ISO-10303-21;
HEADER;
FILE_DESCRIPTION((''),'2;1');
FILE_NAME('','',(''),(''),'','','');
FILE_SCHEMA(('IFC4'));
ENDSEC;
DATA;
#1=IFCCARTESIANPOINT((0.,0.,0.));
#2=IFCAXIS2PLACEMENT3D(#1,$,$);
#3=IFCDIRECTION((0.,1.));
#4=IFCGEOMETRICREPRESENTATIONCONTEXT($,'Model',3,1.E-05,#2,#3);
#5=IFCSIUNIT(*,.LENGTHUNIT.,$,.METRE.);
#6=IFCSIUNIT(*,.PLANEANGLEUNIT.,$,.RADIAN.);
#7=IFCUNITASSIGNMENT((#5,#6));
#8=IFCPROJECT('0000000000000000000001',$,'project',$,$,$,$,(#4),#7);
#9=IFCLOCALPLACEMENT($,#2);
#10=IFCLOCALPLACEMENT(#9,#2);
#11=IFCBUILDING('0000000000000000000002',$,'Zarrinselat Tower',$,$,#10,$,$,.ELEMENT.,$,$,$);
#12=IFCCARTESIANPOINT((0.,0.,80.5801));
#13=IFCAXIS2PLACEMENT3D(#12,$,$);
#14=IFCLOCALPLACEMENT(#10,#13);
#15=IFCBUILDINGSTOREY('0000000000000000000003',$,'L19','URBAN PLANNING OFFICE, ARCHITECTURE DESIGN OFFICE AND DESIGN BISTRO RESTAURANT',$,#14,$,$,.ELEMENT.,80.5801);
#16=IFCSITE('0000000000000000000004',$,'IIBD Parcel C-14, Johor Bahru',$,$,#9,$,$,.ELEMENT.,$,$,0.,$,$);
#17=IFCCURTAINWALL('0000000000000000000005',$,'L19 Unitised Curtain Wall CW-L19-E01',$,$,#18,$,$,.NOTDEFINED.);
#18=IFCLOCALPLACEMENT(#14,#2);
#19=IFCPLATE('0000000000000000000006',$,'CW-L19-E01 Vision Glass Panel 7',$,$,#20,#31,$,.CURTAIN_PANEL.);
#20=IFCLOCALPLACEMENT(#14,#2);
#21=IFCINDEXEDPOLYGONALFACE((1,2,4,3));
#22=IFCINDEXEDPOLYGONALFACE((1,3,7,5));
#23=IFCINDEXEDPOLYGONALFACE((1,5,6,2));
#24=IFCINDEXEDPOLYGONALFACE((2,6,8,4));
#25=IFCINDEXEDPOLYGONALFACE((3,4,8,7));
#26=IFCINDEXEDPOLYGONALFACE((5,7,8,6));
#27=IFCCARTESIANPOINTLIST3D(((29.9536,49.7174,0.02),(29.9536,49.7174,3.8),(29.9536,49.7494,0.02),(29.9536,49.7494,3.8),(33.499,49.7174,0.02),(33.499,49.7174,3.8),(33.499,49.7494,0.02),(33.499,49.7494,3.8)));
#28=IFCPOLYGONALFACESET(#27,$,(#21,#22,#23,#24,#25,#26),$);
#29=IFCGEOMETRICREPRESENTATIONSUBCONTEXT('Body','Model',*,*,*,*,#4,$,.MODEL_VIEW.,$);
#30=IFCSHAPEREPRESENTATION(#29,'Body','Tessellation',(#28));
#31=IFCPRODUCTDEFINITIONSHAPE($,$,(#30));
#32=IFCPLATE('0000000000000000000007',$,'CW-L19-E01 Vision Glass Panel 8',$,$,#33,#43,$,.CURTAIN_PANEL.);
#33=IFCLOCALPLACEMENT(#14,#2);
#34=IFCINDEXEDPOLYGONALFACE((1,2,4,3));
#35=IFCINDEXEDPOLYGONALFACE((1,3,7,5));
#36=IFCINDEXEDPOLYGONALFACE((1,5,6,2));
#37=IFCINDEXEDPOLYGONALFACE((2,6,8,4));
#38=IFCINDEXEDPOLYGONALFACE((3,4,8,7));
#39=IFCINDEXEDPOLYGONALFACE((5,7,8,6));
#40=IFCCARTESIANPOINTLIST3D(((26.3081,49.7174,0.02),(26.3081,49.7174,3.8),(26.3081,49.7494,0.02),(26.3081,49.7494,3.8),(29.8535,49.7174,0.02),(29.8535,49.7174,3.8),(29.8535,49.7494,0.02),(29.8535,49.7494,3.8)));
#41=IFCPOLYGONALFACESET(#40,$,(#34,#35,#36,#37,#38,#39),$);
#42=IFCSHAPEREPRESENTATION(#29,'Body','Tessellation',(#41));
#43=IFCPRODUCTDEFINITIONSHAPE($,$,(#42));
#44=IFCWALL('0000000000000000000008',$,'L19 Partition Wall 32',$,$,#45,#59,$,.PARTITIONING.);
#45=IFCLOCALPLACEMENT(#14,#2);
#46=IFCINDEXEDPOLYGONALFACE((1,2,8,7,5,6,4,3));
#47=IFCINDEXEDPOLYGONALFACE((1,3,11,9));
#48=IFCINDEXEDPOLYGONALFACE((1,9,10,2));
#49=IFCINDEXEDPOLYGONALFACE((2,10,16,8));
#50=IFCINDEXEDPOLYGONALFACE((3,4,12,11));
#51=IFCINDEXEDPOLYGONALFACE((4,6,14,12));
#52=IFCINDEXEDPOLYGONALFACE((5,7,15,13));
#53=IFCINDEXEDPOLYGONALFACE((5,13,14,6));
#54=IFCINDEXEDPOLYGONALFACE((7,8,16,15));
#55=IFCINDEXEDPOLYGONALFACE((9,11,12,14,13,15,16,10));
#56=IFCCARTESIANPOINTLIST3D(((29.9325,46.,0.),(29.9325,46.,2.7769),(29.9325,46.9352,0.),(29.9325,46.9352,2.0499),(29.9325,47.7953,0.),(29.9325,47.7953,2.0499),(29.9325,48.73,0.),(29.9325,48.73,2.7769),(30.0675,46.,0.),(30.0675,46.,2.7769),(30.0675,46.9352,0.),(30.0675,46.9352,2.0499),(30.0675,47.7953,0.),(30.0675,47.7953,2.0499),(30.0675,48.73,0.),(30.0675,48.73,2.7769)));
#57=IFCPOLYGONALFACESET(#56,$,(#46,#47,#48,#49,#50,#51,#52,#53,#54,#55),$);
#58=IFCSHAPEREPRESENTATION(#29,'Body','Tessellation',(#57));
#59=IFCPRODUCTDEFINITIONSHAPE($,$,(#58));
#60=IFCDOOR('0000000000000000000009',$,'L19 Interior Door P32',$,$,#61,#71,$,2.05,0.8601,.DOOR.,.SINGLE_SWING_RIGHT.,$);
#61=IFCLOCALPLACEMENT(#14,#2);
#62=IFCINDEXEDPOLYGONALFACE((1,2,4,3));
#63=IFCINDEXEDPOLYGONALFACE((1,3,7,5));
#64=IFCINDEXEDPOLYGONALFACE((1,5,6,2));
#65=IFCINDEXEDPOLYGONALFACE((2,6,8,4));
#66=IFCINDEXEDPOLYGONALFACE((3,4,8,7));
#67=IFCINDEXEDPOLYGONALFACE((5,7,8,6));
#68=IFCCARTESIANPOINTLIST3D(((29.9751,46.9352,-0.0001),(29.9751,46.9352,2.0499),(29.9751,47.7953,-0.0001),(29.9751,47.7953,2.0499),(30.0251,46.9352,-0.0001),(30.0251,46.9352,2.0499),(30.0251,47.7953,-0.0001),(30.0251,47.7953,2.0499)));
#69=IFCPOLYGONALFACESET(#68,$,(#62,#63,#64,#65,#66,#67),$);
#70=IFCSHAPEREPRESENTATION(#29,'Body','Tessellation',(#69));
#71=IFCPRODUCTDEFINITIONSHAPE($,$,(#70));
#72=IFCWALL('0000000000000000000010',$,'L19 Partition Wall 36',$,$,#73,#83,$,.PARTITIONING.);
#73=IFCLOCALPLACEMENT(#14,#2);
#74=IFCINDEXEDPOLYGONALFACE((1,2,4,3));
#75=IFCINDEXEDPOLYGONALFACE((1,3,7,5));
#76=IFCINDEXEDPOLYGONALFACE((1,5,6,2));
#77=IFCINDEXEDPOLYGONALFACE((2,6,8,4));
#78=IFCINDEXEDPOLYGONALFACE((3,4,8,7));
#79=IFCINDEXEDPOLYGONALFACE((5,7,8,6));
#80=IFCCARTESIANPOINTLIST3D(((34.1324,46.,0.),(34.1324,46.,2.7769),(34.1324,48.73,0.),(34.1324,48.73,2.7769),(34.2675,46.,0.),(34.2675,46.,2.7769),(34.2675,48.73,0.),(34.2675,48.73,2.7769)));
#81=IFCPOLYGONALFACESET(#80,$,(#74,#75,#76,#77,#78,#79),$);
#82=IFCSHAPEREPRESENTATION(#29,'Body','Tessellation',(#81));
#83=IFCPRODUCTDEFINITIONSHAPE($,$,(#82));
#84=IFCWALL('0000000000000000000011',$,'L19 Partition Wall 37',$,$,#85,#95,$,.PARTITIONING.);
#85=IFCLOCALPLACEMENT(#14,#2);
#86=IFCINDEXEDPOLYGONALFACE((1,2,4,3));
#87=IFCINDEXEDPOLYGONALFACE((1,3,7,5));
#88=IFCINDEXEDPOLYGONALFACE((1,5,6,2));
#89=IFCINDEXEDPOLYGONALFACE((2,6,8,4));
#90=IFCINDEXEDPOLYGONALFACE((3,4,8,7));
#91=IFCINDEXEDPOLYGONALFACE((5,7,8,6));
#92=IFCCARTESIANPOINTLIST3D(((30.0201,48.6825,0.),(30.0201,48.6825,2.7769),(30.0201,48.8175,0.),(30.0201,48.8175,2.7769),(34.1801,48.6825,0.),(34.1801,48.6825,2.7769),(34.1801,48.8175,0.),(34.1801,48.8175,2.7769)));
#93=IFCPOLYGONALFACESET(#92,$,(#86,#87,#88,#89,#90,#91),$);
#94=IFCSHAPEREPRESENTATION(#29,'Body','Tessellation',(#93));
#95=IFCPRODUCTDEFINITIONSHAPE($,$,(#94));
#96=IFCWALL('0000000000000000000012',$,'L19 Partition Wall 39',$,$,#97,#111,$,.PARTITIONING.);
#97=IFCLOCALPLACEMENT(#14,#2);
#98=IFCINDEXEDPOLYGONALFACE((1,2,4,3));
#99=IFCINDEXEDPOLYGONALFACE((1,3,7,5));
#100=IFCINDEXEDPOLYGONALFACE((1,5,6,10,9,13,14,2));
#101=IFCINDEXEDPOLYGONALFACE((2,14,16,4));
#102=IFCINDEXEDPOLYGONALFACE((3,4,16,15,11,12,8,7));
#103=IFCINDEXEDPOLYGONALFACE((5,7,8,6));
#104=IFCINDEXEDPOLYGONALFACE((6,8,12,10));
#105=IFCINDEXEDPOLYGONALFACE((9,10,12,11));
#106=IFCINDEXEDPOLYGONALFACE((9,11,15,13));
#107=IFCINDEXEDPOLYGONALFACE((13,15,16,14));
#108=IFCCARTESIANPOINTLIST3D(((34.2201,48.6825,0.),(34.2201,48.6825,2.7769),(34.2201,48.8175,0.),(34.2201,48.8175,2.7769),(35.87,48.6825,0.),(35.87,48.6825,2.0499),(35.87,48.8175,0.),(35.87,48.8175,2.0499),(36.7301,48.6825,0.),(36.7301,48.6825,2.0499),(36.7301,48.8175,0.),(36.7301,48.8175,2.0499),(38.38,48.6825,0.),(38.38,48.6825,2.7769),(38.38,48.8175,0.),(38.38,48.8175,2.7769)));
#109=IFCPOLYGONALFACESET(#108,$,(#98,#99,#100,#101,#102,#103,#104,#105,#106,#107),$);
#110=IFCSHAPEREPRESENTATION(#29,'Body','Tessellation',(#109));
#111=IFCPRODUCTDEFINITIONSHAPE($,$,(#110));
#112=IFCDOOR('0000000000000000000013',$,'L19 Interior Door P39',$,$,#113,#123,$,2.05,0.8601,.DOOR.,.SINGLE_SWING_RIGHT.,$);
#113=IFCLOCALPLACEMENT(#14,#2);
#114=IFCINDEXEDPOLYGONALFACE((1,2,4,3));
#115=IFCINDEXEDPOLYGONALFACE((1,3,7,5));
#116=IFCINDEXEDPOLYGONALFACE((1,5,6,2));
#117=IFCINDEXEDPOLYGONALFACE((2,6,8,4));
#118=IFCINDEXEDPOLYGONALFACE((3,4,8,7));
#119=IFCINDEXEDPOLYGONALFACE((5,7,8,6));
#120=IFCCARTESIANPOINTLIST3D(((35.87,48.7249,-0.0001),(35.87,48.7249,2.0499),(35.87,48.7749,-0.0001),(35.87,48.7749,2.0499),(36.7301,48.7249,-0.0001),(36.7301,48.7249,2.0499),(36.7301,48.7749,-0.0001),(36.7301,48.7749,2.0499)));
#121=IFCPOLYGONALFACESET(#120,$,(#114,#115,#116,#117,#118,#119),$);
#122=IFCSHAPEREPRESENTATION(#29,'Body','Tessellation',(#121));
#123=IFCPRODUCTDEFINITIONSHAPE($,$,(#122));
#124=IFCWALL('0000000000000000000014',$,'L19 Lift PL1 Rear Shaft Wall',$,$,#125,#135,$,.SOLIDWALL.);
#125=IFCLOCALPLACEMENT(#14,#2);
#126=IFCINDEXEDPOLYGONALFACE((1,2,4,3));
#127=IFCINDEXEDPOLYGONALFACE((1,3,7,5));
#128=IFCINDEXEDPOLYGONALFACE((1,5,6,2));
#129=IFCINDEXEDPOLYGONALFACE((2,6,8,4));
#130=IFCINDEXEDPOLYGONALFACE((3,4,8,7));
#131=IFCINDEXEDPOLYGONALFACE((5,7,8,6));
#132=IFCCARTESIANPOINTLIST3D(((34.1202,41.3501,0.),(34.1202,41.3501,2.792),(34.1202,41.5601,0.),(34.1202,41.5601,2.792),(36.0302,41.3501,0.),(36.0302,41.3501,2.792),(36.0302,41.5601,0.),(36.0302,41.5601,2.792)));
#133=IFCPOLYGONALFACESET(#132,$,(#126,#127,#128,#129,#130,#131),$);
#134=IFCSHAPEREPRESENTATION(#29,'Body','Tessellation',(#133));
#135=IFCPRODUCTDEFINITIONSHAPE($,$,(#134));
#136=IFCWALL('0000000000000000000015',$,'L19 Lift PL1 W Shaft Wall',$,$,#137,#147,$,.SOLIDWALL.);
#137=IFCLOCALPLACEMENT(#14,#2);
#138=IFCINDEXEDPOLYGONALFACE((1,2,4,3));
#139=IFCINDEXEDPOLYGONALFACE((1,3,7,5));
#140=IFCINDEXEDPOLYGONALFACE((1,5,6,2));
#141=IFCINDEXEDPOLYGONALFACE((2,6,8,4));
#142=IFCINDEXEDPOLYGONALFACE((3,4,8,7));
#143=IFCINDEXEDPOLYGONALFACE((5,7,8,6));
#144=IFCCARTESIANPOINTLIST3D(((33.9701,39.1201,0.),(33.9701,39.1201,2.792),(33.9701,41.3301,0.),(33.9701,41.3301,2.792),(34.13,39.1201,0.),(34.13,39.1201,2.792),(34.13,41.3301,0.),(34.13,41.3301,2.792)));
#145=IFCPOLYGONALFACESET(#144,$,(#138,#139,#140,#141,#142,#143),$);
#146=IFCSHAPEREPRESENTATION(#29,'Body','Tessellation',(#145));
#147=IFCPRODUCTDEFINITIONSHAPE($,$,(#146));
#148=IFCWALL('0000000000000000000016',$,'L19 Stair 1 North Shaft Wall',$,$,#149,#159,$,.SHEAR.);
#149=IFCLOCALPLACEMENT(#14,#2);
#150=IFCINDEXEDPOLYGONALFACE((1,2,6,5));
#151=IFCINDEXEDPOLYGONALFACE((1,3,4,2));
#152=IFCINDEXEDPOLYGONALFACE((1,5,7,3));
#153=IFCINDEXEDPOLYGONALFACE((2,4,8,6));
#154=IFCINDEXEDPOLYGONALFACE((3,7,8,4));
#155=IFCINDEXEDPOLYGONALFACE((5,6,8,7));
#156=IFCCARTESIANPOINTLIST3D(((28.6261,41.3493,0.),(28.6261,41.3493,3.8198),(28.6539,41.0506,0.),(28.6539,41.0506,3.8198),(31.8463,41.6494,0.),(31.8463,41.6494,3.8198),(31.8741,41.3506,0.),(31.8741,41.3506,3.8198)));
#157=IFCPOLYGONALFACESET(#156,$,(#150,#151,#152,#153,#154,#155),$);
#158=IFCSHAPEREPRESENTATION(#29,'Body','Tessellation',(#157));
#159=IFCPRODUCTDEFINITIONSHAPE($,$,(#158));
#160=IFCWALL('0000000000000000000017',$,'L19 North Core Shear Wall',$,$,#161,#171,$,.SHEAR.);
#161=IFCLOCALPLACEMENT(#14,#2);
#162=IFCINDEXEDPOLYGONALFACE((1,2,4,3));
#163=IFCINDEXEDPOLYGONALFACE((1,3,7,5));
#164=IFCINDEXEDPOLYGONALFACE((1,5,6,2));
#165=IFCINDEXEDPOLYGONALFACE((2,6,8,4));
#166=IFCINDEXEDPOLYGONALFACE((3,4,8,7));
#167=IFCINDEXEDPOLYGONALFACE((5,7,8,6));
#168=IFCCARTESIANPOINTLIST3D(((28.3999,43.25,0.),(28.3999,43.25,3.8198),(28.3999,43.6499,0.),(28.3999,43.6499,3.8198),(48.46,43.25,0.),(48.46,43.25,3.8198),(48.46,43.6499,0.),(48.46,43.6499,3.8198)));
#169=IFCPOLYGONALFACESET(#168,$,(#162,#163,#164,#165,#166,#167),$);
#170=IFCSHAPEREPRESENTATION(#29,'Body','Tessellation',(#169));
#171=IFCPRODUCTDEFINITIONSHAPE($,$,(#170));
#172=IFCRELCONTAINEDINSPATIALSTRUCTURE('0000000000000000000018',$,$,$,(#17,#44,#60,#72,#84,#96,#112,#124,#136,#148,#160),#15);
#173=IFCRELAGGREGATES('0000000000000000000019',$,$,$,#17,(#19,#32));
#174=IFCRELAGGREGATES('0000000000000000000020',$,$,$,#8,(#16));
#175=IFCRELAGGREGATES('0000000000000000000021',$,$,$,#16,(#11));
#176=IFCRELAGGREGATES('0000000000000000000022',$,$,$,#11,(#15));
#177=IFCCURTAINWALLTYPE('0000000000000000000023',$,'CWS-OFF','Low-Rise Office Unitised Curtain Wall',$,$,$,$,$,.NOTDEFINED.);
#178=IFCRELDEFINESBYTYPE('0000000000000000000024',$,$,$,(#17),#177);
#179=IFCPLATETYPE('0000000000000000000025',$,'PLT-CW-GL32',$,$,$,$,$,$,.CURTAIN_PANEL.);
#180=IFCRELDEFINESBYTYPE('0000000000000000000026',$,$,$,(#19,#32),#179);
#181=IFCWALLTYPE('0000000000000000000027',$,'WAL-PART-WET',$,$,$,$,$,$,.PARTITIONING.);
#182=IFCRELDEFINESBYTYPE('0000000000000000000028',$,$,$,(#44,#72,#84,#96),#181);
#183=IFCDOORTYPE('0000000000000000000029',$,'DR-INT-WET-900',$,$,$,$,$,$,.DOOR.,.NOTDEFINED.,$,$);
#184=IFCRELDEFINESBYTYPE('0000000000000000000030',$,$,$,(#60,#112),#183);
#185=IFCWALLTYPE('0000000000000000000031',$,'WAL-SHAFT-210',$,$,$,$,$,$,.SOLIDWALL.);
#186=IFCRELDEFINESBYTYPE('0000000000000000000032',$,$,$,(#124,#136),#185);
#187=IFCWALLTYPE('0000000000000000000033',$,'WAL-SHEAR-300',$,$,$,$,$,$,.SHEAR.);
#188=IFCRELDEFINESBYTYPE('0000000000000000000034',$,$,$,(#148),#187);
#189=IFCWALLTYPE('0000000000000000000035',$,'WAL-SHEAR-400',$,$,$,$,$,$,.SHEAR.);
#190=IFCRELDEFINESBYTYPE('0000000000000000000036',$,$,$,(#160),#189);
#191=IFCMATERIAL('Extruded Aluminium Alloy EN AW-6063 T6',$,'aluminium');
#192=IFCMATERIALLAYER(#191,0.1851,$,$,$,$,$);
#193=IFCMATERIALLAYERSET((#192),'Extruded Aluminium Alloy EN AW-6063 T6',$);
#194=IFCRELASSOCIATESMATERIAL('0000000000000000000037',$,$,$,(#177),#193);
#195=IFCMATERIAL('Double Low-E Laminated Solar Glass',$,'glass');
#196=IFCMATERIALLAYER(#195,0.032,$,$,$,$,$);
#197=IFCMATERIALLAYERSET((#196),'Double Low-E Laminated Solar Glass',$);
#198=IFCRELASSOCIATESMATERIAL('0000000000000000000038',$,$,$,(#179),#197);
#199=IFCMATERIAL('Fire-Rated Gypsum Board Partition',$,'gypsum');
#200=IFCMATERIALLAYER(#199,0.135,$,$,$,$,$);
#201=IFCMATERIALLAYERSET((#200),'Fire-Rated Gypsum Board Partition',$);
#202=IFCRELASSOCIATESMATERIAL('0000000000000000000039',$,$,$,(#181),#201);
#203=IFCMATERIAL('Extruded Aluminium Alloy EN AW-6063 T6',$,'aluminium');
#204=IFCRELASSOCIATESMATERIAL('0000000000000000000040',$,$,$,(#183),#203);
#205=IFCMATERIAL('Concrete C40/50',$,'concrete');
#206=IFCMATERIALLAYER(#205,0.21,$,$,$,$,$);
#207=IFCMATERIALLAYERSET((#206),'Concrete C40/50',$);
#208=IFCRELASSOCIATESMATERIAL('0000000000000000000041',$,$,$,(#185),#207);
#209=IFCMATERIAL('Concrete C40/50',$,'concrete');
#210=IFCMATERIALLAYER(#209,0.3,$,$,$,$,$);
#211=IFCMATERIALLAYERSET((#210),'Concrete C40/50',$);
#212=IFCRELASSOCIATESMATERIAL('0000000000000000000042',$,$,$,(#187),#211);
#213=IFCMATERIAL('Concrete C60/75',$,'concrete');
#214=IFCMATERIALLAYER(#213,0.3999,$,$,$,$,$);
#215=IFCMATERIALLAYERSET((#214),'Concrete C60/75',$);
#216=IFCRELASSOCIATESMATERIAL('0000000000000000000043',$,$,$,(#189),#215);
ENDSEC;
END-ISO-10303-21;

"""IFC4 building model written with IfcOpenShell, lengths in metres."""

from ifc_helpers import new_model, si_unit, direction, frame, frame_2d, origin, origin_2d, place, context, subcontext, project, spatial, rectangle, extrude, material, layer, layer_set, type_object, element, fill, aggregate, save


model = new_model("IFC4")

# Units and contexts
model_context = context("Model", 3, precision=1e-05, world=origin(), true_north=direction((0.0, 1.0)))
body_context = subcontext(model_context, "Body", "Model", "MODEL_VIEW")
ifc_project = project(units=[si_unit("LENGTHUNIT", "METRE"), si_unit("PLANEANGLEUNIT", "RADIAN")], contexts=[model_context])

# Site, building, storey
site_placement = place(None, origin())
site = spatial("IfcSite", under=ifc_project, at=site_placement, Name="IIBD Parcel C-14, Johor Bahru", CompositionType="ELEMENT", RefElevation=0.0)
building_placement = place(site_placement, origin())
building = spatial("IfcBuilding", under=site, at=building_placement, Name="Zarrinselat Tower", CompositionType="ELEMENT")
storey_placement = place(building_placement, frame((0.0, 0.0, 80.5801)))
storey = spatial("IfcBuildingStorey", under=building, at=storey_placement, Name="L19", Description="URBAN PLANNING OFFICE, ARCHITECTURE DESIGN OFFICE AND DESIGN BISTRO RESTAURANT", CompositionType="ELEMENT", Elevation=80.5801)

# Curtain wall, plates
ifc_material_1 = material(Name="Extruded Aluminium Alloy EN AW-6063 T6", Category="aluminium")
ifc_layer_1 = layer(ifc_material_1, 0.1851)
ifc_layer_set_1 = layer_set([ifc_layer_1], Name="Extruded Aluminium Alloy EN AW-6063 T6")
curtain_wall_type = type_object("IfcCurtainWallType", Name="CWS-OFF", Description="Low-Rise Office Unitised Curtain Wall", PredefinedType="NOTDEFINED", material=ifc_layer_set_1)
curtain_wall_placement = place(storey_placement, origin())
curtain_wall = element("IfcCurtainWall", 1, at=curtain_wall_placement, inside=storey, type_object=curtain_wall_type, Name="L19 Unitised Curtain Wall CW-L19-E01", PredefinedType="NOTDEFINED")
ifc_material_2 = material(Name="Double Low-E Laminated Solar Glass", Category="glass")
ifc_layer_2 = layer(ifc_material_2, 0.032)
ifc_layer_set_2 = layer_set([ifc_layer_2], Name="Double Low-E Laminated Solar Glass")
plate_type = type_object("IfcPlateType", Name="PLT-CW-GL32", PredefinedType="CURTAIN_PANEL", material=ifc_layer_set_2)
plate_1_placement = place(storey_placement, frame((31.7263, 49.7334, 0.02), z_axis=(0.0, 0.0, 1.0), x_axis=(-1.0, 0.0, 0.0)))
plate_1 = element("IfcPlate", 2, at=plate_1_placement, type_object=plate_type, Name="CW-L19-E01 Vision Glass Panel 7", PredefinedType="CURTAIN_PANEL", context=body_context, shape_type="SweptSolid", body=[
    extrude(rectangle(XDim=3.5454, YDim=0.032, at=origin_2d()), origin(), (0.0, 0.0, 1.0), 3.78),
])
plate_2_placement = place(storey_placement, frame((28.0808, 49.7334, 0.02), z_axis=(0.0, 0.0, 1.0), x_axis=(-1.0, 0.0, 0.0)))
plate_2 = element("IfcPlate", 3, at=plate_2_placement, type_object=plate_type, Name="CW-L19-E01 Vision Glass Panel 8", PredefinedType="CURTAIN_PANEL", context=body_context, shape_type="SweptSolid", body=[
    extrude(rectangle(XDim=3.5454, YDim=0.032, at=origin_2d()), origin(), (0.0, 0.0, 1.0), 3.78),
])
aggregate(curtain_wall, [plate_1, plate_2])

# Wall, opening, door
ifc_material_3 = material(Name="Fire-Rated Gypsum Board Partition", Category="gypsum")
ifc_layer_3 = layer(ifc_material_3, 0.135)
ifc_layer_set_3 = layer_set([ifc_layer_3], Name="Fire-Rated Gypsum Board Partition")
wall_type_1 = type_object("IfcWallType", Name="WAL-PART-WET", PredefinedType="PARTITIONING", material=ifc_layer_set_3)
wall_1_placement = place(storey_placement, frame((30.0, 46.0, 0.0), z_axis=(0.0, 0.0, 1.0), x_axis=(0.0, 1.0, 0.0)))
wall_1 = element("IfcWall", 4, at=wall_1_placement, inside=storey, type_object=wall_type_1, Name="L19 Partition Wall 32", PredefinedType="PARTITIONING", context=body_context, shape_type="SweptSolid", body=[
    extrude(rectangle(XDim=2.73, YDim=0.135, at=frame_2d((1.365, 0.0))), origin(), (0.0, 0.0, 1.0), 2.7769),
])
opening_1_placement = place(wall_1_placement, frame((0.9351, 0.0, 0.0)))
opening_1 = element("IfcOpeningElement", 5, at=opening_1_placement, cuts=wall_1, PredefinedType="OPENING", context=body_context, shape_type="SweptSolid", body=[
    extrude(rectangle(XDim=0.8601, YDim=2.05, at=frame_2d((0.4302, 1.0249))), frame((0.0, 0.0774, 0.0), z_axis=(0.0, -1.0, 0.0), x_axis=(1.0, 0.0, 0.0)), (0.0, 0.0, 1.0), 0.155),
])
ifc_material_4 = material(Name="Extruded Aluminium Alloy EN AW-6063 T6", Category="aluminium")
door_type = type_object("IfcDoorType", Name="DR-INT-WET-900", OperationType="NOTDEFINED", PredefinedType="DOOR", material=ifc_material_4)
door_1_placement = place(opening_1_placement, origin())
door_1 = element("IfcDoor", 6, at=door_1_placement, inside=storey, type_object=door_type, Name="L19 Interior Door P32", OperationType="SINGLE_SWING_RIGHT", OverallHeight=2.05, OverallWidth=0.8601, PredefinedType="DOOR", context=body_context, shape_type="SweptSolid", body=[
    extrude(rectangle(XDim=0.8601, YDim=2.05, at=frame_2d((0.4302, 1.0249))), frame((0.0, 0.0249, 0.0), z_axis=(0.0, -1.0, 0.0), x_axis=(1.0, 0.0, 0.0)), (0.0, 0.0, 1.0), 0.05),
])
fill(opening_1, door_1)

# Walls
wall_2_placement = place(storey_placement, frame((34.2, 46.0, 0.0), z_axis=(0.0, 0.0, 1.0), x_axis=(0.0, 1.0, 0.0)))
element("IfcWall", 7, at=wall_2_placement, inside=storey, type_object=wall_type_1, Name="L19 Partition Wall 36", PredefinedType="PARTITIONING", context=body_context, shape_type="SweptSolid", body=[
    extrude(rectangle(XDim=2.73, YDim=0.135, at=frame_2d((1.365, 0.0))), origin(), (0.0, 0.0, 1.0), 2.7769),
])
wall_3_placement = place(storey_placement, frame((30.02, 48.75, 0.0), z_axis=(0.0, 0.0, 1.0), x_axis=(1.0, 0.0, 0.0)))
element("IfcWall", 8, at=wall_3_placement, inside=storey, type_object=wall_type_1, Name="L19 Partition Wall 37", PredefinedType="PARTITIONING", context=body_context, shape_type="SweptSolid", body=[
    extrude(rectangle(XDim=4.1599, YDim=0.135, at=frame_2d((2.0801, 0.0))), origin(), (0.0, 0.0, 1.0), 2.7769),
])

# Wall, opening, door
wall_4_placement = place(storey_placement, frame((34.22, 48.75, 0.0), z_axis=(0.0, 0.0, 1.0), x_axis=(1.0, 0.0, 0.0)))
wall_4 = element("IfcWall", 9, at=wall_4_placement, inside=storey, type_object=wall_type_1, Name="L19 Partition Wall 39", PredefinedType="PARTITIONING", context=body_context, shape_type="SweptSolid", body=[
    extrude(rectangle(XDim=4.1599, YDim=0.135, at=frame_2d((2.0801, 0.0))), origin(), (0.0, 0.0, 1.0), 2.7769),
])
opening_2_placement = place(wall_4_placement, frame((1.6499, 0.0, 0.0)))
opening_2 = element("IfcOpeningElement", 10, at=opening_2_placement, cuts=wall_4, PredefinedType="OPENING", context=body_context, shape_type="SweptSolid", body=[
    extrude(rectangle(XDim=0.8601, YDim=2.05, at=frame_2d((0.4302, 1.0249))), frame((0.0, 0.0774, 0.0), z_axis=(0.0, -1.0, 0.0), x_axis=(1.0, 0.0, 0.0)), (0.0, 0.0, 1.0), 0.155),
])
door_2_placement = place(opening_2_placement, origin())
door_2 = element("IfcDoor", 11, at=door_2_placement, inside=storey, type_object=door_type, Name="L19 Interior Door P39", OperationType="SINGLE_SWING_RIGHT", OverallHeight=2.05, OverallWidth=0.8601, PredefinedType="DOOR", context=body_context, shape_type="SweptSolid", body=[
    extrude(rectangle(XDim=0.8601, YDim=2.05, at=frame_2d((0.4302, 1.0249))), frame((0.0, 0.0249, 0.0), z_axis=(0.0, -1.0, 0.0), x_axis=(1.0, 0.0, 0.0)), (0.0, 0.0, 1.0), 0.05),
])
fill(opening_2, door_2)

# Walls
ifc_material_5 = material(Name="Concrete C40/50", Category="concrete")
ifc_layer_4 = layer(ifc_material_5, 0.21)
ifc_layer_set_4 = layer_set([ifc_layer_4], Name="Concrete C40/50")
wall_type_2 = type_object("IfcWallType", Name="WAL-SHAFT-210", PredefinedType="SOLIDWALL", material=ifc_layer_set_4)
wall_5_placement = place(storey_placement, frame((34.1201, 41.4551, 0.0), z_axis=(0.0, 0.0, 1.0), x_axis=(1.0, 0.0, 0.0)))
element("IfcWall", 12, at=wall_5_placement, inside=storey, type_object=wall_type_2, Name="L19 Lift PL1 Rear Shaft Wall", PredefinedType="SOLIDWALL", context=body_context, shape_type="SweptSolid", body=[
    extrude(rectangle(XDim=1.9099, YDim=0.21, at=frame_2d((0.9551, 0.0))), origin(), (0.0, 0.0, 1.0), 2.792),
])
wall_6_placement = place(storey_placement, frame((34.05, 39.1201, 0.0), z_axis=(0.0, 0.0, 1.0), x_axis=(0.0, 1.0, 0.0)))
element("IfcWall", 13, at=wall_6_placement, inside=storey, type_object=wall_type_2, Name="L19 Lift PL1 W Shaft Wall", PredefinedType="SOLIDWALL", context=body_context, shape_type="SweptSolid", body=[
    extrude(rectangle(XDim=2.21, YDim=0.1599, at=frame_2d((1.105, 0.0))), origin(), (0.0, 0.0, 1.0), 2.792),
])
ifc_material_6 = material(Name="Concrete C40/50", Category="concrete")
ifc_layer_5 = layer(ifc_material_6, 0.3)
ifc_layer_set_5 = layer_set([ifc_layer_5], Name="Concrete C40/50")
wall_type_3 = type_object("IfcWallType", Name="WAL-SHEAR-300", PredefinedType="SHEAR", material=ifc_layer_set_5)
wall_7_placement = place(storey_placement, frame((28.6399, 41.2, 0.0), z_axis=(0.0, 0.0, 1.0), x_axis=(0.995687, 0.092775, 0.0)))
element("IfcWall", 14, at=wall_7_placement, inside=storey, type_object=wall_type_3, Name="L19 Stair 1 North Shaft Wall", PredefinedType="SHEAR", context=body_context, shape_type="SweptSolid", body=[
    extrude(rectangle(XDim=3.2341, YDim=0.3, at=frame_2d((1.6172, 0.0))), origin(), (0.0, 0.0, 1.0), 3.8198),
])
ifc_material_7 = material(Name="Concrete C60/75", Category="concrete")
ifc_layer_6 = layer(ifc_material_7, 0.3999)
ifc_layer_set_6 = layer_set([ifc_layer_6], Name="Concrete C60/75")
wall_type_4 = type_object("IfcWallType", Name="WAL-SHEAR-400", PredefinedType="SHEAR", material=ifc_layer_set_6)
wall_8_placement = place(storey_placement, frame((28.3999, 43.45, 0.0), z_axis=(0.0, 0.0, 1.0), x_axis=(1.0, 0.0, 0.0)))
element("IfcWall", 15, at=wall_8_placement, inside=storey, type_object=wall_type_4, Name="L19 North Core Shear Wall", PredefinedType="SHEAR", context=body_context, shape_type="SweptSolid", body=[
    extrude(rectangle(XDim=20.0601, YDim=0.3999, at=frame_2d((10.03, 0.0))), origin(), (0.0, 0.0, 1.0), 3.8198),
])

save(model, "model.ifc")
